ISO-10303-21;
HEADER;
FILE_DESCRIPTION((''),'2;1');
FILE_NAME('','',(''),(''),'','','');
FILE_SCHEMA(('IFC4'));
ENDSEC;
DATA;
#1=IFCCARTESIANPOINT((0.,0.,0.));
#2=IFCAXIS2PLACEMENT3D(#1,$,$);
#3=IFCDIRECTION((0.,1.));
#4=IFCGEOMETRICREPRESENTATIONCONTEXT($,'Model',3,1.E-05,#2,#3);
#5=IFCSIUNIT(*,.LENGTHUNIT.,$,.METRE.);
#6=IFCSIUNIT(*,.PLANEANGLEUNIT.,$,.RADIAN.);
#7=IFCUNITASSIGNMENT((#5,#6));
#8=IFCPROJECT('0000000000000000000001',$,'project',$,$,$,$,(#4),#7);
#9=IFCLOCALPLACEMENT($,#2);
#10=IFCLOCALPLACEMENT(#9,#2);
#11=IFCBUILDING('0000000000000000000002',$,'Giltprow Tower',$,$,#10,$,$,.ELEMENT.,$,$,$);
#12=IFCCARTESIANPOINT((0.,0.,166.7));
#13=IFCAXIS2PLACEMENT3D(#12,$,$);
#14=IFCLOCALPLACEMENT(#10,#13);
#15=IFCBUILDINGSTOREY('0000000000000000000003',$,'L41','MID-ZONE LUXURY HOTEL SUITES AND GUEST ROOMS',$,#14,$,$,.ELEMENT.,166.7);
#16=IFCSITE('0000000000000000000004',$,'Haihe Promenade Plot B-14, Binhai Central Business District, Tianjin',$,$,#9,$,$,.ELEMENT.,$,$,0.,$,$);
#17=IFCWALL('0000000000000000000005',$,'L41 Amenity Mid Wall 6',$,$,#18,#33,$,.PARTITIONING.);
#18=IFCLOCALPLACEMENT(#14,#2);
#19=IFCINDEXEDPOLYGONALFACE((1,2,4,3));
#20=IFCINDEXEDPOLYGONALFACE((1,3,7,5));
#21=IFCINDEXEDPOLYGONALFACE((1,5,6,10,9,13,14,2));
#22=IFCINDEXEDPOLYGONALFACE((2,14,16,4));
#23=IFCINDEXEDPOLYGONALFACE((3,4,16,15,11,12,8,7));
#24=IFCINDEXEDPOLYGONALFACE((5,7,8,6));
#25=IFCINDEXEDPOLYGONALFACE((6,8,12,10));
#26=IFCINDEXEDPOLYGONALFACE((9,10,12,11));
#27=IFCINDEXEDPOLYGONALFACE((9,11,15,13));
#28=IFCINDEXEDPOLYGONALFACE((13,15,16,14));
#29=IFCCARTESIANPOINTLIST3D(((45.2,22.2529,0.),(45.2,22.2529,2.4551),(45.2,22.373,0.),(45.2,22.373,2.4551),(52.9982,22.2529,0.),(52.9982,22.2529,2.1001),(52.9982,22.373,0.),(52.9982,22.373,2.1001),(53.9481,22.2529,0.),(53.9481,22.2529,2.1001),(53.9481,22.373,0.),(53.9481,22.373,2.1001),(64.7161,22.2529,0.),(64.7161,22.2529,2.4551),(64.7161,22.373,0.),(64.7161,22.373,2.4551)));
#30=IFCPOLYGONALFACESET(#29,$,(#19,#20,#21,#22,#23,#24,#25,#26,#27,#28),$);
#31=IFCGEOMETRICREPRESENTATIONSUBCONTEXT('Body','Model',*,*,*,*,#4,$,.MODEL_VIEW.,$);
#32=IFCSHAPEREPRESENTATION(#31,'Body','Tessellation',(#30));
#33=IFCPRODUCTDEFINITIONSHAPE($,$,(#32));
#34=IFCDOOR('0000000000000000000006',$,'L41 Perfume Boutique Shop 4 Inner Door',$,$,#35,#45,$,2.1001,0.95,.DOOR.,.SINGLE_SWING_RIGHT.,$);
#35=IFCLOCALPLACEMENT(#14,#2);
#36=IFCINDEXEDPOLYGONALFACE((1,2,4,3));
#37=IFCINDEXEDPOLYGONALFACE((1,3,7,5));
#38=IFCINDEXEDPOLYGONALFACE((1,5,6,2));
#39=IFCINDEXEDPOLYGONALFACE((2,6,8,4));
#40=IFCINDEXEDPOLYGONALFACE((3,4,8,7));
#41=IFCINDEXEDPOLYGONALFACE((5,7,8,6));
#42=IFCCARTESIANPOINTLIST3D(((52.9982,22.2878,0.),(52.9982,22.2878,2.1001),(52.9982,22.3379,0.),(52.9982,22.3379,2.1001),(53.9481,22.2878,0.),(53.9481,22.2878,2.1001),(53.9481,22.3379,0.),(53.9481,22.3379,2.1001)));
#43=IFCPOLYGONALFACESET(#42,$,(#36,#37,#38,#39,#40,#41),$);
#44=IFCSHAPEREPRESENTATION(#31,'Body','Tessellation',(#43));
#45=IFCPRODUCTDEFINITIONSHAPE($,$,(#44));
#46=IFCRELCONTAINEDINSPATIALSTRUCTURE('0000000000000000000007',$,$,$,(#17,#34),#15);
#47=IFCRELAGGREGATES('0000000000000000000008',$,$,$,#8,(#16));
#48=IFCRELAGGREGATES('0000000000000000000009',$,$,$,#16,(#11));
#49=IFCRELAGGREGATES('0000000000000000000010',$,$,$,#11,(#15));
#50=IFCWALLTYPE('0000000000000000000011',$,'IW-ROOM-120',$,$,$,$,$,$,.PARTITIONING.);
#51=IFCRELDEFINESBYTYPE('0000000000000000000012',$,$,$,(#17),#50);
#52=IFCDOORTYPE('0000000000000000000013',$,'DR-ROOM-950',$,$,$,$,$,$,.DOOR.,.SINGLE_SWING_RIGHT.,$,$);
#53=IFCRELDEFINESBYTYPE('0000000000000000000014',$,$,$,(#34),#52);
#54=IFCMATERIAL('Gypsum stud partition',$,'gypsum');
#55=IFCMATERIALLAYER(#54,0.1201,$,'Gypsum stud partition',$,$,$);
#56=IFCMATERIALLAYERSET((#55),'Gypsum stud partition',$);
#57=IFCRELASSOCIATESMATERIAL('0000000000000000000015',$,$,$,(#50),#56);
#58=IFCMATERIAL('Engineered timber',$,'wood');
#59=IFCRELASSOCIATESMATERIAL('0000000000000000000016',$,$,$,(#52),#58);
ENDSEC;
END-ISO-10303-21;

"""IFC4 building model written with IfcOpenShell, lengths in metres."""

from ifc_helpers import new_model, si_unit, direction, frame, frame_2d, origin, place, context, subcontext, project, spatial, rectangle, extrude, source, transform, mapped, material, layer, layer_set, type_object, element, fill, save


model = new_model("IFC4")

# Units and contexts
model_context = context("Model", 3, precision=1e-05, world=origin(), true_north=direction((0.0, 1.0)))
body_context = subcontext(model_context, "Body", "Model", "MODEL_VIEW")
ifc_project = project(units=[si_unit("LENGTHUNIT", "METRE"), si_unit("PLANEANGLEUNIT", "RADIAN")], contexts=[model_context])

# Site, building, storey
site_placement = place(None, origin())
site = spatial("IfcSite", under=ifc_project, at=site_placement, Name="Haihe Promenade Plot B-14, Binhai Central Business District, Tianjin", CompositionType="ELEMENT", RefElevation=0.0)
building_placement = place(site_placement, origin())
building = spatial("IfcBuilding", under=site, at=building_placement, Name="Giltprow Tower", CompositionType="ELEMENT")
storey_placement = place(building_placement, frame((0.0, 0.0, 166.7)))
storey = spatial("IfcBuildingStorey", under=building, at=storey_placement, Name="L41", Description="MID-ZONE LUXURY HOTEL SUITES AND GUEST ROOMS", CompositionType="ELEMENT", Elevation=166.7)

# Wall, opening, door
ifc_material_1 = material(Name="Gypsum stud partition", Category="gypsum")
ifc_layer = layer(ifc_material_1, 0.1201, Name="Gypsum stud partition")
ifc_layer_set = layer_set([ifc_layer], Name="Gypsum stud partition")
wall_type = type_object("IfcWallType", Name="IW-ROOM-120", PredefinedType="PARTITIONING", material=ifc_layer_set)
ifc_material_2 = material(Name="Engineered timber", Category="wood")
door_type = type_object("IfcDoorType", Name="DR-ROOM-950", OperationType="SINGLE_SWING_RIGHT", PredefinedType="DOOR", material=ifc_material_2)
shared_shape_1 = source(origin(), body_context, "Body", "SweptSolid", [
    extrude(rectangle(XDim=0.95, YDim=2.1001, at=frame_2d((0.4751, 1.05))), frame((0.0, 0.0249, 0.0), z_axis=(0.0, -1.0, 0.0), x_axis=(1.0, 0.0, 0.0)), (0.0, 0.0, 1.0), 0.05),
])
wall_1_placement = place(storey_placement, frame((45.2, 22.313, 0.0), z_axis=(0.0, 0.0, 1.0), x_axis=(1.0, 0.0, 0.0)))
wall_1 = element("IfcWall", 1, at=wall_1_placement, inside=storey, type_object=wall_type, Name="L41 Amenity Mid Wall 6", PredefinedType="PARTITIONING", context=body_context, shape_type="SweptSolid", body=[
    extrude(rectangle(XDim=19.5161, YDim=0.1201, at=frame_2d((9.7581, 0.0))), origin(), (0.0, 0.0, 1.0), 2.4551),
])
opening_1_placement = place(wall_1_placement, frame((7.7981, 0.0, 0.0)))
opening_1 = element("IfcOpeningElement", 2, at=opening_1_placement, cuts=wall_1, PredefinedType="OPENING", context=body_context, shape_type="SweptSolid", body=[
    extrude(rectangle(XDim=0.95, YDim=2.1001, at=frame_2d((0.4751, 1.05))), frame((0.0, 0.0701, 0.0), z_axis=(0.0, -1.0, 0.0), x_axis=(1.0, 0.0, 0.0)), (0.0, 0.0, 1.0), 0.1401),
])
door_1_placement = place(opening_1_placement, origin())
door_1 = element("IfcDoor", 3, at=door_1_placement, inside=storey, type_object=door_type, Name="L41 Perfume Boutique Shop 4 Inner Door", OperationType="SINGLE_SWING_RIGHT", OverallHeight=2.1001, OverallWidth=0.95, PredefinedType="DOOR", context=body_context, shape_type="MappedRepresentation", body=[
    mapped(shared_shape_1, transform((0.0, 0.0, 0.0), x_axis=(1.0, 0.0, 0.0), y_axis=(0.0, 1.0, 0.0), z_axis=(0.0, 0.0, 1.0), scale=1.0)),
])
fill(opening_1, door_1)

save(model, "model.ifc")
